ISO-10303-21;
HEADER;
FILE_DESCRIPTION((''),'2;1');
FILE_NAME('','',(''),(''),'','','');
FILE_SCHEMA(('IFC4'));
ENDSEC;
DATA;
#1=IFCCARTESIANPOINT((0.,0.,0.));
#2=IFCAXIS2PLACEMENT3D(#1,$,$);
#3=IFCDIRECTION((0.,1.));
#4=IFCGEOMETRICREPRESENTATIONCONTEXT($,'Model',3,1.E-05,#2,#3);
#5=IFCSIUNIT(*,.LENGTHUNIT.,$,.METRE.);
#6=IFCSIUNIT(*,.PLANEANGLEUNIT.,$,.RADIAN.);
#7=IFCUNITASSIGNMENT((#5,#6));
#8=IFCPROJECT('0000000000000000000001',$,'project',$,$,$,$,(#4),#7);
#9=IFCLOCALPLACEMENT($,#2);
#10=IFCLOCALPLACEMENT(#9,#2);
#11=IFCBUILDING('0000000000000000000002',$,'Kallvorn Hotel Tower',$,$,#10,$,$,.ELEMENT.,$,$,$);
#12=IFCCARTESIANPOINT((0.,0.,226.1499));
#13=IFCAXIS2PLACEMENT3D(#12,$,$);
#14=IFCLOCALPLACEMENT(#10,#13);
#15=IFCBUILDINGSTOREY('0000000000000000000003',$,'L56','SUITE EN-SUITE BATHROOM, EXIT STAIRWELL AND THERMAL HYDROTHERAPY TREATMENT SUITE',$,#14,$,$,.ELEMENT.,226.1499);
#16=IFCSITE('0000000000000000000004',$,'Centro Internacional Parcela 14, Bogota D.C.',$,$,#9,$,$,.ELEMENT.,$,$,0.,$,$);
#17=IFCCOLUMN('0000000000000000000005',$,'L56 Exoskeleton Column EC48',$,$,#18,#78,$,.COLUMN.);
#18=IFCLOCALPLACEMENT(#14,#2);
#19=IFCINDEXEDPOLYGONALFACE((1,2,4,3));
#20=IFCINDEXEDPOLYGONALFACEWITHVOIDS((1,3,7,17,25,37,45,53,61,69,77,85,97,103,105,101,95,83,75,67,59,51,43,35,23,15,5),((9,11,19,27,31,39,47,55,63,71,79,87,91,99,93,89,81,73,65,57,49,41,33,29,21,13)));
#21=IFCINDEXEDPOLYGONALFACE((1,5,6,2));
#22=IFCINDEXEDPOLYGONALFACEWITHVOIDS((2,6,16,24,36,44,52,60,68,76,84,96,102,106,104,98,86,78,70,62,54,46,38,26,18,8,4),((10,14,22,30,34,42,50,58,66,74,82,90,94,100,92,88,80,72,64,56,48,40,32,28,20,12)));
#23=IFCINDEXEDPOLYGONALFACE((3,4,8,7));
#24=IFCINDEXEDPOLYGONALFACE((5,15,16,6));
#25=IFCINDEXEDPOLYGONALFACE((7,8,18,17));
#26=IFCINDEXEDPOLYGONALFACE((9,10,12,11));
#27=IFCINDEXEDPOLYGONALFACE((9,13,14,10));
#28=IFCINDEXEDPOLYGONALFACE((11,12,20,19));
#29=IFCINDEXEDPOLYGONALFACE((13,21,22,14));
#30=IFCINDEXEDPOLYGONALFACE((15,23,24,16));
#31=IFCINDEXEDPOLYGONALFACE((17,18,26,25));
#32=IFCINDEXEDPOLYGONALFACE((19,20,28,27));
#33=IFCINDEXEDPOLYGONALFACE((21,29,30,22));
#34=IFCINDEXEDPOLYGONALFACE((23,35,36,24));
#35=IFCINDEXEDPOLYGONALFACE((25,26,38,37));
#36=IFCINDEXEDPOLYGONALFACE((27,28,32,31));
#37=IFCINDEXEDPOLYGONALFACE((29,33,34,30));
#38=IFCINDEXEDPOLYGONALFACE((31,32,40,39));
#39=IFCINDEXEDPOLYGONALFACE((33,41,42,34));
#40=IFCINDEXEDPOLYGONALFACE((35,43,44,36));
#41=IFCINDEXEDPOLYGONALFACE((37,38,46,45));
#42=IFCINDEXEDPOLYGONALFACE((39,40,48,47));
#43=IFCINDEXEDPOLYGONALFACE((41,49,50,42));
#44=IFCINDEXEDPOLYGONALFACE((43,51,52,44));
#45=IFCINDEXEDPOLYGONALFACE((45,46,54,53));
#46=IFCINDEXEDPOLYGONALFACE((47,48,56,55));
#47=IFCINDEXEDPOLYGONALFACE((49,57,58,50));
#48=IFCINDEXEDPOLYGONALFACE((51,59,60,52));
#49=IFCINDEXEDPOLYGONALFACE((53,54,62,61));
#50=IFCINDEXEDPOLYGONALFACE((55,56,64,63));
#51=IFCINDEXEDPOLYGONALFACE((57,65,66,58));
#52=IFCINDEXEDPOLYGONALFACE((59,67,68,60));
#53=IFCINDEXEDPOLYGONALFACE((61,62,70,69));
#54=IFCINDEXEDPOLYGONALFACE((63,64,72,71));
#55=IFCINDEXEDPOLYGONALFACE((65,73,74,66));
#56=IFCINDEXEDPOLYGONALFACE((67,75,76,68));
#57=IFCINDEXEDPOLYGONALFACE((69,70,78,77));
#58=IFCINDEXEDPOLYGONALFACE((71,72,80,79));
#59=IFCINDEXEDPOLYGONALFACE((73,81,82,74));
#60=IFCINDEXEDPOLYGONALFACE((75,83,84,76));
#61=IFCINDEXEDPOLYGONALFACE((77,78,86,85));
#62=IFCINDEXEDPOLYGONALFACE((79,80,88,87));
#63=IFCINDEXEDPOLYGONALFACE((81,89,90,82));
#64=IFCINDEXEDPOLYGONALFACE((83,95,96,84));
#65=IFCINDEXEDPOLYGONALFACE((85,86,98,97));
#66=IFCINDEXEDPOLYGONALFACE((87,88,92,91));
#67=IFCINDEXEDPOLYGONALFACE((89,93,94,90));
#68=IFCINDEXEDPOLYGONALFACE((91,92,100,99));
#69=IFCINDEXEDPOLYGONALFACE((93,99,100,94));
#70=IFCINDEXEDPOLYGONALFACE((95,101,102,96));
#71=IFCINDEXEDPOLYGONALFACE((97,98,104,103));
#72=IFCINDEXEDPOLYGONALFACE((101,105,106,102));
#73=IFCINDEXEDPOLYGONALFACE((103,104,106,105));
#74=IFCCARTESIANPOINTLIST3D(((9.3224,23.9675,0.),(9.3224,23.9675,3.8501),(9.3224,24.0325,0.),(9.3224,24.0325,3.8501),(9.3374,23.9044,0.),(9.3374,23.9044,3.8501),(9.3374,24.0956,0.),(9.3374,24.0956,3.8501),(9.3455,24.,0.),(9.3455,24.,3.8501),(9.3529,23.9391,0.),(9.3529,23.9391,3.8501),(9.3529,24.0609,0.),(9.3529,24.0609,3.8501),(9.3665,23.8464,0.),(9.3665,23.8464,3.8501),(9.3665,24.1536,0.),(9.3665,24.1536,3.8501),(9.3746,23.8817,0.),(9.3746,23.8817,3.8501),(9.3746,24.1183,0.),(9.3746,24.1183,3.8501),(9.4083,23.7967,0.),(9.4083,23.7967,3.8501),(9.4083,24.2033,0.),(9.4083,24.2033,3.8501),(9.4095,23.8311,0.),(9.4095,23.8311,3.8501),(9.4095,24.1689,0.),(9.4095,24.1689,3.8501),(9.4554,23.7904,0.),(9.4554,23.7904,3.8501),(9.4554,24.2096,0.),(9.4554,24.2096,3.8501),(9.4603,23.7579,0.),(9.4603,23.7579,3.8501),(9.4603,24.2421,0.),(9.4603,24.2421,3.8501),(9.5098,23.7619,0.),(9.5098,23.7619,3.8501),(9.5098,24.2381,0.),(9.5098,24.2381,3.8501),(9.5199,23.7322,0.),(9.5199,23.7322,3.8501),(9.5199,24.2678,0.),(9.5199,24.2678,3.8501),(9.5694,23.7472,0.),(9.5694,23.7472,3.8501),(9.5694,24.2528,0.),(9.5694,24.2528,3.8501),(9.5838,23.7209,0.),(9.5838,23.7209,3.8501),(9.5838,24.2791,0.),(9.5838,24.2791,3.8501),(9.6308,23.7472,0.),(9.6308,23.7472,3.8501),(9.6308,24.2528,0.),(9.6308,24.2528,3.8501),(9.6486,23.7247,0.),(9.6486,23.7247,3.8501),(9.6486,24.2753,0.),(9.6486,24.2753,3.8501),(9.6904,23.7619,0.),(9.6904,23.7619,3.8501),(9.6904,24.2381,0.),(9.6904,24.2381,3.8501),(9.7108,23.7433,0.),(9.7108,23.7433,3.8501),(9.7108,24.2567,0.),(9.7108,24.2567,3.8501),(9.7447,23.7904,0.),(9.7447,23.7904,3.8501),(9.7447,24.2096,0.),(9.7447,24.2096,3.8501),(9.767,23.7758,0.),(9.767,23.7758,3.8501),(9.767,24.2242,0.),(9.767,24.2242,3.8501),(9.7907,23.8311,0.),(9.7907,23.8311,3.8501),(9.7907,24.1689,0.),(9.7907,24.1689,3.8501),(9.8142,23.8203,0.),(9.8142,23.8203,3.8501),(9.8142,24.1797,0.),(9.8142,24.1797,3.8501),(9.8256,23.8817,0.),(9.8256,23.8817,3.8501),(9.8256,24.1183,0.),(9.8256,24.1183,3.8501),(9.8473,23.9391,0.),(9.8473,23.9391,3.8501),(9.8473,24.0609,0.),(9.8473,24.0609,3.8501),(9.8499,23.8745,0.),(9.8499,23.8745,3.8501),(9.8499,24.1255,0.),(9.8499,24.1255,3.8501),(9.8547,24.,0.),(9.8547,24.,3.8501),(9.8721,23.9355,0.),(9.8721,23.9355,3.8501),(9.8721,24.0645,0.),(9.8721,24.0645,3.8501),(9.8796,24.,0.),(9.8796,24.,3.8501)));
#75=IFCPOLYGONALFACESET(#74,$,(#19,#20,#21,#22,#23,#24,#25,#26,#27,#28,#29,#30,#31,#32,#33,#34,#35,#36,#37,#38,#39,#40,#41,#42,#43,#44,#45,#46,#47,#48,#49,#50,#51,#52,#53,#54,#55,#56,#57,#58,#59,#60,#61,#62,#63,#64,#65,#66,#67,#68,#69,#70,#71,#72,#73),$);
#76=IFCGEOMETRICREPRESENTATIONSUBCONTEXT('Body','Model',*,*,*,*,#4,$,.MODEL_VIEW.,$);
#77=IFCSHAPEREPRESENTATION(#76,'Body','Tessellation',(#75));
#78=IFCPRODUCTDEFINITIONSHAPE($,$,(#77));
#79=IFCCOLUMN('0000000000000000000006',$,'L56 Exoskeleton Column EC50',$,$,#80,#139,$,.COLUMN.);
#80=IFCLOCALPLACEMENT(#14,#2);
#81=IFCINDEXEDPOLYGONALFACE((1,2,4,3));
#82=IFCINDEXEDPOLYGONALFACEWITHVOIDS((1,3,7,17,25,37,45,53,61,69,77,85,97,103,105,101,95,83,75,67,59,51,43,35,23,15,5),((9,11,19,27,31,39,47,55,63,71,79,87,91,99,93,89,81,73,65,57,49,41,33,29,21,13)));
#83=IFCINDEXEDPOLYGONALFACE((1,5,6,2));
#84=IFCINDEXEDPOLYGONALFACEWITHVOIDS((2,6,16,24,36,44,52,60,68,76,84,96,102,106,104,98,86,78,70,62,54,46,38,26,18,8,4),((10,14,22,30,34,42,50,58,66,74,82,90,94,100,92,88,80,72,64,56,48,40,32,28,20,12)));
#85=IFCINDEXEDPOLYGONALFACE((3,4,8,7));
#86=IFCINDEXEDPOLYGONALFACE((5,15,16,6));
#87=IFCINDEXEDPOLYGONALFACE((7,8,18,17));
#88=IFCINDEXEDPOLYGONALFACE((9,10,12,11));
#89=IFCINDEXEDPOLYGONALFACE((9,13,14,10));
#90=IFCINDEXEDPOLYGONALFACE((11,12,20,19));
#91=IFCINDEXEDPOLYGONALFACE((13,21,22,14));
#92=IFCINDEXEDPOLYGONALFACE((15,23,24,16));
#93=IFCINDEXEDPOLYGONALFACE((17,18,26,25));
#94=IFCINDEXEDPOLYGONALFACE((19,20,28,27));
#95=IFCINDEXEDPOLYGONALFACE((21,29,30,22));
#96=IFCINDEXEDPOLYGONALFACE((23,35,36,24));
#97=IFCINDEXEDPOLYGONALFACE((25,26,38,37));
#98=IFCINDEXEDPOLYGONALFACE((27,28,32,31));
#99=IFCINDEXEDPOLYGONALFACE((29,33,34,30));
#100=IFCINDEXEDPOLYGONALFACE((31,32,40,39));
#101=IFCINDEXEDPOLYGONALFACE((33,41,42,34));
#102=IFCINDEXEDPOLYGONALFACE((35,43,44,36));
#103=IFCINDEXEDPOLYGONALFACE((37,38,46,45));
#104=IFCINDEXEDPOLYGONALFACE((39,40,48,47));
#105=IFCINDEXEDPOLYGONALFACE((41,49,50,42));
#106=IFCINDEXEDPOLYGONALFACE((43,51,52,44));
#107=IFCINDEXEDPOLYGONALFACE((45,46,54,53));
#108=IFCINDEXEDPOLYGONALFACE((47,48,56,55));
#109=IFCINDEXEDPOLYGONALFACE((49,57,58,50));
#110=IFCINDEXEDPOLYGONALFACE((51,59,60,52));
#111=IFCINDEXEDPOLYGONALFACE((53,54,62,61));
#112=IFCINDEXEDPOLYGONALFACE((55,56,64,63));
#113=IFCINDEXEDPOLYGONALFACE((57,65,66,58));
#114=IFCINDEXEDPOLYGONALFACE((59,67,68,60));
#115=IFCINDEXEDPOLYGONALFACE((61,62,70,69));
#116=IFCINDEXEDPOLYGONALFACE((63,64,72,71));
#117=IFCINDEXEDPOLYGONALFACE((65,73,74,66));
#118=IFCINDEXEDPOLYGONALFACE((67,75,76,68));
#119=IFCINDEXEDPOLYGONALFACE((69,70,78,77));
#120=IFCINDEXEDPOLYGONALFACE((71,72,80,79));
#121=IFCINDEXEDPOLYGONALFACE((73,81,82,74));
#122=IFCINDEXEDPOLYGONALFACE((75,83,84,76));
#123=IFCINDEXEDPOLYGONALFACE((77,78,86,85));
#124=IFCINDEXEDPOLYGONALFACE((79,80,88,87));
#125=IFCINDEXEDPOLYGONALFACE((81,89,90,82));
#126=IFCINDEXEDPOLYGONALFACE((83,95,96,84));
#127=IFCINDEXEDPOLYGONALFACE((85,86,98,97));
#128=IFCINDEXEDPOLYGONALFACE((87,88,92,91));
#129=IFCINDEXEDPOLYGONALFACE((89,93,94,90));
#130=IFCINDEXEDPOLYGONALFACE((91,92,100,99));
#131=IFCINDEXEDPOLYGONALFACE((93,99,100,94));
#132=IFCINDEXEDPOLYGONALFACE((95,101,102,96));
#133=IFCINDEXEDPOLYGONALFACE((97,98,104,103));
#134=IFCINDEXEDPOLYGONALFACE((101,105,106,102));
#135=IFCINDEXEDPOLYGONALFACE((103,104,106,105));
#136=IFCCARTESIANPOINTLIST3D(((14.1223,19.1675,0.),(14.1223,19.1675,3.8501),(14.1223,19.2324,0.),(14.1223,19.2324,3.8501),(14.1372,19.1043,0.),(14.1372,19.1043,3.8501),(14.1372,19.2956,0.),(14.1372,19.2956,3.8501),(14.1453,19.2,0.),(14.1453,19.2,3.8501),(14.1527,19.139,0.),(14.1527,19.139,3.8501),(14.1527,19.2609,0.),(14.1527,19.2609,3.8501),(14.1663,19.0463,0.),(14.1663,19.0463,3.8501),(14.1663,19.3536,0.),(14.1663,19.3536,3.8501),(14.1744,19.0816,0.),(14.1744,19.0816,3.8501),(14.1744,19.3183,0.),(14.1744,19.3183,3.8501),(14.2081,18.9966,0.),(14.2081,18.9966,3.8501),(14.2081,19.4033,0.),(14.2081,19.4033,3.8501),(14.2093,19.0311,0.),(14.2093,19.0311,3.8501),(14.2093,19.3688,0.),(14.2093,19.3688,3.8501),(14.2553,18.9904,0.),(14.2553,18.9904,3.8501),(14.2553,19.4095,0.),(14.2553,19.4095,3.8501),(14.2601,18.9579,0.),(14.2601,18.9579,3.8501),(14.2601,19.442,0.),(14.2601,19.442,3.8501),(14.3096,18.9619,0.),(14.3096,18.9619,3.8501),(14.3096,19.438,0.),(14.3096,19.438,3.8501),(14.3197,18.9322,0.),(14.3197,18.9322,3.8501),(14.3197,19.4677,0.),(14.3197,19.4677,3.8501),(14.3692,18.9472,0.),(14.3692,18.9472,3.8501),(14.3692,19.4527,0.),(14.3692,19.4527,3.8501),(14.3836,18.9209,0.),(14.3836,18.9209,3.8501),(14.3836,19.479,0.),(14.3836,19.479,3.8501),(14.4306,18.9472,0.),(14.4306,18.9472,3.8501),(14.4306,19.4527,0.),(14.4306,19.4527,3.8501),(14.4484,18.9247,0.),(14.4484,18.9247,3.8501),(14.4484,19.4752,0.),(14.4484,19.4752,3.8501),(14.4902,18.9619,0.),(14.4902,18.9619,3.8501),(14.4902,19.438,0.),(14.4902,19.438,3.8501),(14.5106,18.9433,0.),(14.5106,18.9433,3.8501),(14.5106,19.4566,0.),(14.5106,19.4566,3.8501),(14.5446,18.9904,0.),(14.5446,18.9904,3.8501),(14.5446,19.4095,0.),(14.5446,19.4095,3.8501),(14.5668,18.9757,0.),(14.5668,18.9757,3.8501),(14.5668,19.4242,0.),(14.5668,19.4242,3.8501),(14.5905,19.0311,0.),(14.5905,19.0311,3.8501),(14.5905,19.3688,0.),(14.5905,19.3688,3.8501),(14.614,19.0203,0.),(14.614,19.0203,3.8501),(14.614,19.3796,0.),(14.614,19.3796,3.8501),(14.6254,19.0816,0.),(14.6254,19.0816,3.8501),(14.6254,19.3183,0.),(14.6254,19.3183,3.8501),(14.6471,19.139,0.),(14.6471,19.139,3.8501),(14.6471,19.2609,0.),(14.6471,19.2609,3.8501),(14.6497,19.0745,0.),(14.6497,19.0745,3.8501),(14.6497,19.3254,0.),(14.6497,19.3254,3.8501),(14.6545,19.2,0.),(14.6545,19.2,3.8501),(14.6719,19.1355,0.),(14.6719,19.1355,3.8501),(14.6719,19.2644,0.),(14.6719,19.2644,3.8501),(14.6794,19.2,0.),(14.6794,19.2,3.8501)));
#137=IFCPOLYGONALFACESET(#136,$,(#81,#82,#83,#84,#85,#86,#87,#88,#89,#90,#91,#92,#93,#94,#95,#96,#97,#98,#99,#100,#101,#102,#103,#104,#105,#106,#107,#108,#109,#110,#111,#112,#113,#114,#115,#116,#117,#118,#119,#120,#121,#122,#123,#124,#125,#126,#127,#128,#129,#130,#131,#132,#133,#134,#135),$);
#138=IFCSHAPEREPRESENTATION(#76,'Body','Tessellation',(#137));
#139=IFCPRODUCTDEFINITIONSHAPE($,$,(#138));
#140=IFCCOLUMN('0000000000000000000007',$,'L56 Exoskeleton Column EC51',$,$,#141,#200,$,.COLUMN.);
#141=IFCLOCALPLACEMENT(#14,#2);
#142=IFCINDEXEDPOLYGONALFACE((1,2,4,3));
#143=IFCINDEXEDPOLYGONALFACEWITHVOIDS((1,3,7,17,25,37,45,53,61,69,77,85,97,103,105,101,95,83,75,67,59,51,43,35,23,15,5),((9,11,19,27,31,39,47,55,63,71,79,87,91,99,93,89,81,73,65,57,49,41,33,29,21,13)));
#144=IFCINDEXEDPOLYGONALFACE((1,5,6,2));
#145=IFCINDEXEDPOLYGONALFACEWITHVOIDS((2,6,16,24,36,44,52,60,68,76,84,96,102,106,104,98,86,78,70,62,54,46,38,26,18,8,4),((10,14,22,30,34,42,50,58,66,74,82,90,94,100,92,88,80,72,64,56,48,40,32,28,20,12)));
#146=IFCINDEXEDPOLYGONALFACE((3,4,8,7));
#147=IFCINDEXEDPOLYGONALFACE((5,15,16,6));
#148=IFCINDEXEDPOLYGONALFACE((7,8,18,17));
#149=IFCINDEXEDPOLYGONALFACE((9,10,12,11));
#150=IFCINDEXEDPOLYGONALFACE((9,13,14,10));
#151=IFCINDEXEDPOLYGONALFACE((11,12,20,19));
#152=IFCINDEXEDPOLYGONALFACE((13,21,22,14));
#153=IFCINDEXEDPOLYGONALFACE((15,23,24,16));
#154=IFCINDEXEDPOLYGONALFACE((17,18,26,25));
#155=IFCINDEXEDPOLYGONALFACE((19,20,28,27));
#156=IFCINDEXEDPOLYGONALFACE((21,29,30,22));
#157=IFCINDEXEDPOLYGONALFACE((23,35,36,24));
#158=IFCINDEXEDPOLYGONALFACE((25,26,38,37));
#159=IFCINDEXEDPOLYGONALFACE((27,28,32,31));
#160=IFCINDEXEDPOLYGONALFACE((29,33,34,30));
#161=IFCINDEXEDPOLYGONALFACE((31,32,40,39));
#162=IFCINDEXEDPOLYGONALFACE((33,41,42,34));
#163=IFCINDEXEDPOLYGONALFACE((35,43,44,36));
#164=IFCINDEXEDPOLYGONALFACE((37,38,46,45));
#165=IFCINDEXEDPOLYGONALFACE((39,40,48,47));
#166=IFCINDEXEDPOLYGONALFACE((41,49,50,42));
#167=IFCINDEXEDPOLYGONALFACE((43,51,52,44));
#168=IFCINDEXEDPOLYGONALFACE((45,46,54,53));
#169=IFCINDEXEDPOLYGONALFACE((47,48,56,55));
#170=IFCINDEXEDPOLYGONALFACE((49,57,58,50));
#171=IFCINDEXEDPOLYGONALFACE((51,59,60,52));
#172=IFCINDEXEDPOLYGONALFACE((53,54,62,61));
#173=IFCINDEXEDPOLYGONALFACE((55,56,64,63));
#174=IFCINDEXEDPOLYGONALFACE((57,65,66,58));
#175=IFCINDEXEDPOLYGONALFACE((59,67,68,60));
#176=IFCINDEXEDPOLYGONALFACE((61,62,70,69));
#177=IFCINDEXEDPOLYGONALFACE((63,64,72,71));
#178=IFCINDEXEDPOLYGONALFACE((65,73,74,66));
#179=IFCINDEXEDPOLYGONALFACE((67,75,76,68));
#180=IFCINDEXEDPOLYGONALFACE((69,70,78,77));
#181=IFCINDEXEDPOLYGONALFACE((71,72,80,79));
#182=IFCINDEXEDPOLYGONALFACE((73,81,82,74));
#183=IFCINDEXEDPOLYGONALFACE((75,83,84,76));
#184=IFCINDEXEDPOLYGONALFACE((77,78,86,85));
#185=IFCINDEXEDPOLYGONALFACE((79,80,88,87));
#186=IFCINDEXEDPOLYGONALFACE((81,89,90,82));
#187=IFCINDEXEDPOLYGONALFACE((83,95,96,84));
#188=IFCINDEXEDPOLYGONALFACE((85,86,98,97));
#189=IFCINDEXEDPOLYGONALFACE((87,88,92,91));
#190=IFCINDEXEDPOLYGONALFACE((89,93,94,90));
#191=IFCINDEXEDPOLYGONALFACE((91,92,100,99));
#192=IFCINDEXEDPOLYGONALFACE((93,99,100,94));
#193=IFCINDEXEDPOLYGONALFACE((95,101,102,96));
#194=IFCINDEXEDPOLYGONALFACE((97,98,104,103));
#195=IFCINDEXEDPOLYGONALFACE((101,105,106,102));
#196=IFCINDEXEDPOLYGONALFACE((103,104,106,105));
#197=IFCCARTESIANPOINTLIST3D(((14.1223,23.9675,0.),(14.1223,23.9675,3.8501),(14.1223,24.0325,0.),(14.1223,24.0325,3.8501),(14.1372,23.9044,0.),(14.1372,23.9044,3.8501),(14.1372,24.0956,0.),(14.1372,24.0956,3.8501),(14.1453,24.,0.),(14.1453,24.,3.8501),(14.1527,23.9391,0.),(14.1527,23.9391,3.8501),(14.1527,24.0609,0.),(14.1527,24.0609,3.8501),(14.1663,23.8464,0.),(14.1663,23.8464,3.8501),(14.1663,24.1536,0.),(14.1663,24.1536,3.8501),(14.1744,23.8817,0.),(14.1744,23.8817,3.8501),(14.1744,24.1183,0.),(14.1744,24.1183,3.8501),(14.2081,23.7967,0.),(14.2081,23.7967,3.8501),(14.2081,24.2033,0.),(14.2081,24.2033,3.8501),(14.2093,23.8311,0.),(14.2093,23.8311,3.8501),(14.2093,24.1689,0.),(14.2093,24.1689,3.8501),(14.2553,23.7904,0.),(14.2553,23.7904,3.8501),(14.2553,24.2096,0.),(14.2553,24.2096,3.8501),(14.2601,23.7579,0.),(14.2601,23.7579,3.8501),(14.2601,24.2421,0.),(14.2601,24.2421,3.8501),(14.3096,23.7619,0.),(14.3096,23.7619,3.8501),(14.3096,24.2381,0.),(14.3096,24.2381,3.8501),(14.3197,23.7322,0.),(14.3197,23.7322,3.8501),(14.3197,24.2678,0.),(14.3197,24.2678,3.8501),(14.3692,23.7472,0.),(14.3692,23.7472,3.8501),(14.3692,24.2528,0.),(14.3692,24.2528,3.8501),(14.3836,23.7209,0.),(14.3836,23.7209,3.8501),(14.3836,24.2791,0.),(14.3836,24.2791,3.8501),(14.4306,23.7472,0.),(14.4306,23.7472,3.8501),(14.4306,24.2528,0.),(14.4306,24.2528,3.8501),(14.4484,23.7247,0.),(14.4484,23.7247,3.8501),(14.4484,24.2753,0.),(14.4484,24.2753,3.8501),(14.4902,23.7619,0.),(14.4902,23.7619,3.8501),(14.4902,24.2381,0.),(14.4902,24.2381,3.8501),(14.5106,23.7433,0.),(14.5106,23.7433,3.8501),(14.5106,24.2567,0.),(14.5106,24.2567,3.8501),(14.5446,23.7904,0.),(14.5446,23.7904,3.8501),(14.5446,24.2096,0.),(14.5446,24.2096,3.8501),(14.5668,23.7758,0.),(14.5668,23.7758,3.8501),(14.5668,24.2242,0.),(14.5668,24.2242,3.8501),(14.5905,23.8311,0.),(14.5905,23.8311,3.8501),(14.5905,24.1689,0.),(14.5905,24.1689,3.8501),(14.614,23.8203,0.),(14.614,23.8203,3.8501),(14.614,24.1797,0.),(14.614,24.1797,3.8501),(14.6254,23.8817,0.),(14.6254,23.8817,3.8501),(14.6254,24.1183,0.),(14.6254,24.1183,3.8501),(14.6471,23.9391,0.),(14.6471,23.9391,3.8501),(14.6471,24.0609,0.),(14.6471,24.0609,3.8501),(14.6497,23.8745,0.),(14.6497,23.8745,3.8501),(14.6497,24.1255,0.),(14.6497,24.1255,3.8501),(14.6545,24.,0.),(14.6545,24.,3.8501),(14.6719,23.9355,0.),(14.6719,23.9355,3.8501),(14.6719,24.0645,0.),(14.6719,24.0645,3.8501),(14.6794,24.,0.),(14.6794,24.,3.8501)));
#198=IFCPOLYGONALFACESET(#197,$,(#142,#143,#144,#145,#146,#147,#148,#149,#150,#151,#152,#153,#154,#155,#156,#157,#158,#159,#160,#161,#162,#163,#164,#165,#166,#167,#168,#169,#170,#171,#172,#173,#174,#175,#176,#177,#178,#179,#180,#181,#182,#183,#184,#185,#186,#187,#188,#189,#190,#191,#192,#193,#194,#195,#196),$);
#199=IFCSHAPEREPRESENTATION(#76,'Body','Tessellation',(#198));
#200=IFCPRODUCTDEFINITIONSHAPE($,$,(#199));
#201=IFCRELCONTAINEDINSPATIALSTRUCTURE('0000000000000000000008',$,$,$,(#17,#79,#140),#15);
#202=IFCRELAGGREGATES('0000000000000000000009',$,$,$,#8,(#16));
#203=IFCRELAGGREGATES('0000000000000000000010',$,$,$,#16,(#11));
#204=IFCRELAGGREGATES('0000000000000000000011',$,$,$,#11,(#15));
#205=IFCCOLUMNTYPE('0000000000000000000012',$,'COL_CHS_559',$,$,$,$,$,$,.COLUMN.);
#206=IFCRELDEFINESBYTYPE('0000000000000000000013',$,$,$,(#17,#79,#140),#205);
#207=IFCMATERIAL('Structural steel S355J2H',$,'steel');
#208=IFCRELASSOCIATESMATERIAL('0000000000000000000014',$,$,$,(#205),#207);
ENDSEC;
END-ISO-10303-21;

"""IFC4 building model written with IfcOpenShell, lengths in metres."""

from ifc_helpers import new_model, si_unit, direction, frame, origin, origin_2d, place, context, subcontext, project, spatial, hollow_circle, extrude, material, material_profile, profile_set, type_object, element, save


model = new_model("IFC4")

# Units and contexts
model_context = context("Model", 3, precision=1e-05, world=origin(), true_north=direction((0.0, 1.0)))
body_context = subcontext(model_context, "Body", "Model", "MODEL_VIEW")
ifc_project = project(units=[si_unit("LENGTHUNIT", "METRE"), si_unit("PLANEANGLEUNIT", "RADIAN")], contexts=[model_context])

# Site, building, storey
site_placement = place(None, origin())
site = spatial("IfcSite", under=ifc_project, at=site_placement, Name="Centro Internacional Parcela 14, Bogota D.C.", CompositionType="ELEMENT", RefElevation=0.0)
building_placement = place(site_placement, origin())
building = spatial("IfcBuilding", under=site, at=building_placement, Name="Kallvorn Hotel Tower", CompositionType="ELEMENT")
storey_placement = place(building_placement, frame((0.0, 0.0, 226.1499)))
storey = spatial("IfcBuildingStorey", under=building, at=storey_placement, Name="L56", Description="SUITE EN-SUITE BATHROOM, EXIT STAIRWELL AND THERMAL HYDROTHERAPY TREATMENT SUITE", CompositionType="ELEMENT", Elevation=226.1499)

# Columns
ifc_material_1 = material(Name="Structural steel S355J2H", Category="steel")
ifc_material_profile_1 = material_profile(ifc_material_1, hollow_circle(Radius=0.2795, WallThickness=0.0249, at=origin_2d()), Name="CHS 559x25")
ifc_profile_set_1 = profile_set([ifc_material_profile_1], Name="Structural steel S355J2H")
column_type_1 = type_object("IfcColumnType", Name="COL_CHS_559", PredefinedType="COLUMN", material=ifc_profile_set_1)
for number, where, z_axis, x_axis, name in (
    (1, (9.6001, 24.0, 0.0), (0.0, 0.0, 1.0), (1.0, 0.0, 0.0), "L56 Exoskeleton Column EC48"),
    (2, (14.3999, 19.2, 0.0), (0.0, 0.0, 1.0), (1.0, 0.0, 0.0), "L56 Exoskeleton Column EC50"),
    (3, (14.3999, 24.0, 0.0), (0.0, 0.0, 1.0), (1.0, 0.0, 0.0), "L56 Exoskeleton Column EC51"),
):
    element("IfcColumn", number, at=place(storey_placement, frame(where, z_axis=z_axis, x_axis=x_axis)), inside=storey, type_object=column_type_1, Name=name, PredefinedType="COLUMN", context=body_context, shape_type="SweptSolid", body=[
        extrude(hollow_circle(Radius=0.2795, WallThickness=0.0249, at=origin_2d()), origin(), (0.0, 0.0, 1.0), 3.8501),
    ])

save(model, "model.ifc")
